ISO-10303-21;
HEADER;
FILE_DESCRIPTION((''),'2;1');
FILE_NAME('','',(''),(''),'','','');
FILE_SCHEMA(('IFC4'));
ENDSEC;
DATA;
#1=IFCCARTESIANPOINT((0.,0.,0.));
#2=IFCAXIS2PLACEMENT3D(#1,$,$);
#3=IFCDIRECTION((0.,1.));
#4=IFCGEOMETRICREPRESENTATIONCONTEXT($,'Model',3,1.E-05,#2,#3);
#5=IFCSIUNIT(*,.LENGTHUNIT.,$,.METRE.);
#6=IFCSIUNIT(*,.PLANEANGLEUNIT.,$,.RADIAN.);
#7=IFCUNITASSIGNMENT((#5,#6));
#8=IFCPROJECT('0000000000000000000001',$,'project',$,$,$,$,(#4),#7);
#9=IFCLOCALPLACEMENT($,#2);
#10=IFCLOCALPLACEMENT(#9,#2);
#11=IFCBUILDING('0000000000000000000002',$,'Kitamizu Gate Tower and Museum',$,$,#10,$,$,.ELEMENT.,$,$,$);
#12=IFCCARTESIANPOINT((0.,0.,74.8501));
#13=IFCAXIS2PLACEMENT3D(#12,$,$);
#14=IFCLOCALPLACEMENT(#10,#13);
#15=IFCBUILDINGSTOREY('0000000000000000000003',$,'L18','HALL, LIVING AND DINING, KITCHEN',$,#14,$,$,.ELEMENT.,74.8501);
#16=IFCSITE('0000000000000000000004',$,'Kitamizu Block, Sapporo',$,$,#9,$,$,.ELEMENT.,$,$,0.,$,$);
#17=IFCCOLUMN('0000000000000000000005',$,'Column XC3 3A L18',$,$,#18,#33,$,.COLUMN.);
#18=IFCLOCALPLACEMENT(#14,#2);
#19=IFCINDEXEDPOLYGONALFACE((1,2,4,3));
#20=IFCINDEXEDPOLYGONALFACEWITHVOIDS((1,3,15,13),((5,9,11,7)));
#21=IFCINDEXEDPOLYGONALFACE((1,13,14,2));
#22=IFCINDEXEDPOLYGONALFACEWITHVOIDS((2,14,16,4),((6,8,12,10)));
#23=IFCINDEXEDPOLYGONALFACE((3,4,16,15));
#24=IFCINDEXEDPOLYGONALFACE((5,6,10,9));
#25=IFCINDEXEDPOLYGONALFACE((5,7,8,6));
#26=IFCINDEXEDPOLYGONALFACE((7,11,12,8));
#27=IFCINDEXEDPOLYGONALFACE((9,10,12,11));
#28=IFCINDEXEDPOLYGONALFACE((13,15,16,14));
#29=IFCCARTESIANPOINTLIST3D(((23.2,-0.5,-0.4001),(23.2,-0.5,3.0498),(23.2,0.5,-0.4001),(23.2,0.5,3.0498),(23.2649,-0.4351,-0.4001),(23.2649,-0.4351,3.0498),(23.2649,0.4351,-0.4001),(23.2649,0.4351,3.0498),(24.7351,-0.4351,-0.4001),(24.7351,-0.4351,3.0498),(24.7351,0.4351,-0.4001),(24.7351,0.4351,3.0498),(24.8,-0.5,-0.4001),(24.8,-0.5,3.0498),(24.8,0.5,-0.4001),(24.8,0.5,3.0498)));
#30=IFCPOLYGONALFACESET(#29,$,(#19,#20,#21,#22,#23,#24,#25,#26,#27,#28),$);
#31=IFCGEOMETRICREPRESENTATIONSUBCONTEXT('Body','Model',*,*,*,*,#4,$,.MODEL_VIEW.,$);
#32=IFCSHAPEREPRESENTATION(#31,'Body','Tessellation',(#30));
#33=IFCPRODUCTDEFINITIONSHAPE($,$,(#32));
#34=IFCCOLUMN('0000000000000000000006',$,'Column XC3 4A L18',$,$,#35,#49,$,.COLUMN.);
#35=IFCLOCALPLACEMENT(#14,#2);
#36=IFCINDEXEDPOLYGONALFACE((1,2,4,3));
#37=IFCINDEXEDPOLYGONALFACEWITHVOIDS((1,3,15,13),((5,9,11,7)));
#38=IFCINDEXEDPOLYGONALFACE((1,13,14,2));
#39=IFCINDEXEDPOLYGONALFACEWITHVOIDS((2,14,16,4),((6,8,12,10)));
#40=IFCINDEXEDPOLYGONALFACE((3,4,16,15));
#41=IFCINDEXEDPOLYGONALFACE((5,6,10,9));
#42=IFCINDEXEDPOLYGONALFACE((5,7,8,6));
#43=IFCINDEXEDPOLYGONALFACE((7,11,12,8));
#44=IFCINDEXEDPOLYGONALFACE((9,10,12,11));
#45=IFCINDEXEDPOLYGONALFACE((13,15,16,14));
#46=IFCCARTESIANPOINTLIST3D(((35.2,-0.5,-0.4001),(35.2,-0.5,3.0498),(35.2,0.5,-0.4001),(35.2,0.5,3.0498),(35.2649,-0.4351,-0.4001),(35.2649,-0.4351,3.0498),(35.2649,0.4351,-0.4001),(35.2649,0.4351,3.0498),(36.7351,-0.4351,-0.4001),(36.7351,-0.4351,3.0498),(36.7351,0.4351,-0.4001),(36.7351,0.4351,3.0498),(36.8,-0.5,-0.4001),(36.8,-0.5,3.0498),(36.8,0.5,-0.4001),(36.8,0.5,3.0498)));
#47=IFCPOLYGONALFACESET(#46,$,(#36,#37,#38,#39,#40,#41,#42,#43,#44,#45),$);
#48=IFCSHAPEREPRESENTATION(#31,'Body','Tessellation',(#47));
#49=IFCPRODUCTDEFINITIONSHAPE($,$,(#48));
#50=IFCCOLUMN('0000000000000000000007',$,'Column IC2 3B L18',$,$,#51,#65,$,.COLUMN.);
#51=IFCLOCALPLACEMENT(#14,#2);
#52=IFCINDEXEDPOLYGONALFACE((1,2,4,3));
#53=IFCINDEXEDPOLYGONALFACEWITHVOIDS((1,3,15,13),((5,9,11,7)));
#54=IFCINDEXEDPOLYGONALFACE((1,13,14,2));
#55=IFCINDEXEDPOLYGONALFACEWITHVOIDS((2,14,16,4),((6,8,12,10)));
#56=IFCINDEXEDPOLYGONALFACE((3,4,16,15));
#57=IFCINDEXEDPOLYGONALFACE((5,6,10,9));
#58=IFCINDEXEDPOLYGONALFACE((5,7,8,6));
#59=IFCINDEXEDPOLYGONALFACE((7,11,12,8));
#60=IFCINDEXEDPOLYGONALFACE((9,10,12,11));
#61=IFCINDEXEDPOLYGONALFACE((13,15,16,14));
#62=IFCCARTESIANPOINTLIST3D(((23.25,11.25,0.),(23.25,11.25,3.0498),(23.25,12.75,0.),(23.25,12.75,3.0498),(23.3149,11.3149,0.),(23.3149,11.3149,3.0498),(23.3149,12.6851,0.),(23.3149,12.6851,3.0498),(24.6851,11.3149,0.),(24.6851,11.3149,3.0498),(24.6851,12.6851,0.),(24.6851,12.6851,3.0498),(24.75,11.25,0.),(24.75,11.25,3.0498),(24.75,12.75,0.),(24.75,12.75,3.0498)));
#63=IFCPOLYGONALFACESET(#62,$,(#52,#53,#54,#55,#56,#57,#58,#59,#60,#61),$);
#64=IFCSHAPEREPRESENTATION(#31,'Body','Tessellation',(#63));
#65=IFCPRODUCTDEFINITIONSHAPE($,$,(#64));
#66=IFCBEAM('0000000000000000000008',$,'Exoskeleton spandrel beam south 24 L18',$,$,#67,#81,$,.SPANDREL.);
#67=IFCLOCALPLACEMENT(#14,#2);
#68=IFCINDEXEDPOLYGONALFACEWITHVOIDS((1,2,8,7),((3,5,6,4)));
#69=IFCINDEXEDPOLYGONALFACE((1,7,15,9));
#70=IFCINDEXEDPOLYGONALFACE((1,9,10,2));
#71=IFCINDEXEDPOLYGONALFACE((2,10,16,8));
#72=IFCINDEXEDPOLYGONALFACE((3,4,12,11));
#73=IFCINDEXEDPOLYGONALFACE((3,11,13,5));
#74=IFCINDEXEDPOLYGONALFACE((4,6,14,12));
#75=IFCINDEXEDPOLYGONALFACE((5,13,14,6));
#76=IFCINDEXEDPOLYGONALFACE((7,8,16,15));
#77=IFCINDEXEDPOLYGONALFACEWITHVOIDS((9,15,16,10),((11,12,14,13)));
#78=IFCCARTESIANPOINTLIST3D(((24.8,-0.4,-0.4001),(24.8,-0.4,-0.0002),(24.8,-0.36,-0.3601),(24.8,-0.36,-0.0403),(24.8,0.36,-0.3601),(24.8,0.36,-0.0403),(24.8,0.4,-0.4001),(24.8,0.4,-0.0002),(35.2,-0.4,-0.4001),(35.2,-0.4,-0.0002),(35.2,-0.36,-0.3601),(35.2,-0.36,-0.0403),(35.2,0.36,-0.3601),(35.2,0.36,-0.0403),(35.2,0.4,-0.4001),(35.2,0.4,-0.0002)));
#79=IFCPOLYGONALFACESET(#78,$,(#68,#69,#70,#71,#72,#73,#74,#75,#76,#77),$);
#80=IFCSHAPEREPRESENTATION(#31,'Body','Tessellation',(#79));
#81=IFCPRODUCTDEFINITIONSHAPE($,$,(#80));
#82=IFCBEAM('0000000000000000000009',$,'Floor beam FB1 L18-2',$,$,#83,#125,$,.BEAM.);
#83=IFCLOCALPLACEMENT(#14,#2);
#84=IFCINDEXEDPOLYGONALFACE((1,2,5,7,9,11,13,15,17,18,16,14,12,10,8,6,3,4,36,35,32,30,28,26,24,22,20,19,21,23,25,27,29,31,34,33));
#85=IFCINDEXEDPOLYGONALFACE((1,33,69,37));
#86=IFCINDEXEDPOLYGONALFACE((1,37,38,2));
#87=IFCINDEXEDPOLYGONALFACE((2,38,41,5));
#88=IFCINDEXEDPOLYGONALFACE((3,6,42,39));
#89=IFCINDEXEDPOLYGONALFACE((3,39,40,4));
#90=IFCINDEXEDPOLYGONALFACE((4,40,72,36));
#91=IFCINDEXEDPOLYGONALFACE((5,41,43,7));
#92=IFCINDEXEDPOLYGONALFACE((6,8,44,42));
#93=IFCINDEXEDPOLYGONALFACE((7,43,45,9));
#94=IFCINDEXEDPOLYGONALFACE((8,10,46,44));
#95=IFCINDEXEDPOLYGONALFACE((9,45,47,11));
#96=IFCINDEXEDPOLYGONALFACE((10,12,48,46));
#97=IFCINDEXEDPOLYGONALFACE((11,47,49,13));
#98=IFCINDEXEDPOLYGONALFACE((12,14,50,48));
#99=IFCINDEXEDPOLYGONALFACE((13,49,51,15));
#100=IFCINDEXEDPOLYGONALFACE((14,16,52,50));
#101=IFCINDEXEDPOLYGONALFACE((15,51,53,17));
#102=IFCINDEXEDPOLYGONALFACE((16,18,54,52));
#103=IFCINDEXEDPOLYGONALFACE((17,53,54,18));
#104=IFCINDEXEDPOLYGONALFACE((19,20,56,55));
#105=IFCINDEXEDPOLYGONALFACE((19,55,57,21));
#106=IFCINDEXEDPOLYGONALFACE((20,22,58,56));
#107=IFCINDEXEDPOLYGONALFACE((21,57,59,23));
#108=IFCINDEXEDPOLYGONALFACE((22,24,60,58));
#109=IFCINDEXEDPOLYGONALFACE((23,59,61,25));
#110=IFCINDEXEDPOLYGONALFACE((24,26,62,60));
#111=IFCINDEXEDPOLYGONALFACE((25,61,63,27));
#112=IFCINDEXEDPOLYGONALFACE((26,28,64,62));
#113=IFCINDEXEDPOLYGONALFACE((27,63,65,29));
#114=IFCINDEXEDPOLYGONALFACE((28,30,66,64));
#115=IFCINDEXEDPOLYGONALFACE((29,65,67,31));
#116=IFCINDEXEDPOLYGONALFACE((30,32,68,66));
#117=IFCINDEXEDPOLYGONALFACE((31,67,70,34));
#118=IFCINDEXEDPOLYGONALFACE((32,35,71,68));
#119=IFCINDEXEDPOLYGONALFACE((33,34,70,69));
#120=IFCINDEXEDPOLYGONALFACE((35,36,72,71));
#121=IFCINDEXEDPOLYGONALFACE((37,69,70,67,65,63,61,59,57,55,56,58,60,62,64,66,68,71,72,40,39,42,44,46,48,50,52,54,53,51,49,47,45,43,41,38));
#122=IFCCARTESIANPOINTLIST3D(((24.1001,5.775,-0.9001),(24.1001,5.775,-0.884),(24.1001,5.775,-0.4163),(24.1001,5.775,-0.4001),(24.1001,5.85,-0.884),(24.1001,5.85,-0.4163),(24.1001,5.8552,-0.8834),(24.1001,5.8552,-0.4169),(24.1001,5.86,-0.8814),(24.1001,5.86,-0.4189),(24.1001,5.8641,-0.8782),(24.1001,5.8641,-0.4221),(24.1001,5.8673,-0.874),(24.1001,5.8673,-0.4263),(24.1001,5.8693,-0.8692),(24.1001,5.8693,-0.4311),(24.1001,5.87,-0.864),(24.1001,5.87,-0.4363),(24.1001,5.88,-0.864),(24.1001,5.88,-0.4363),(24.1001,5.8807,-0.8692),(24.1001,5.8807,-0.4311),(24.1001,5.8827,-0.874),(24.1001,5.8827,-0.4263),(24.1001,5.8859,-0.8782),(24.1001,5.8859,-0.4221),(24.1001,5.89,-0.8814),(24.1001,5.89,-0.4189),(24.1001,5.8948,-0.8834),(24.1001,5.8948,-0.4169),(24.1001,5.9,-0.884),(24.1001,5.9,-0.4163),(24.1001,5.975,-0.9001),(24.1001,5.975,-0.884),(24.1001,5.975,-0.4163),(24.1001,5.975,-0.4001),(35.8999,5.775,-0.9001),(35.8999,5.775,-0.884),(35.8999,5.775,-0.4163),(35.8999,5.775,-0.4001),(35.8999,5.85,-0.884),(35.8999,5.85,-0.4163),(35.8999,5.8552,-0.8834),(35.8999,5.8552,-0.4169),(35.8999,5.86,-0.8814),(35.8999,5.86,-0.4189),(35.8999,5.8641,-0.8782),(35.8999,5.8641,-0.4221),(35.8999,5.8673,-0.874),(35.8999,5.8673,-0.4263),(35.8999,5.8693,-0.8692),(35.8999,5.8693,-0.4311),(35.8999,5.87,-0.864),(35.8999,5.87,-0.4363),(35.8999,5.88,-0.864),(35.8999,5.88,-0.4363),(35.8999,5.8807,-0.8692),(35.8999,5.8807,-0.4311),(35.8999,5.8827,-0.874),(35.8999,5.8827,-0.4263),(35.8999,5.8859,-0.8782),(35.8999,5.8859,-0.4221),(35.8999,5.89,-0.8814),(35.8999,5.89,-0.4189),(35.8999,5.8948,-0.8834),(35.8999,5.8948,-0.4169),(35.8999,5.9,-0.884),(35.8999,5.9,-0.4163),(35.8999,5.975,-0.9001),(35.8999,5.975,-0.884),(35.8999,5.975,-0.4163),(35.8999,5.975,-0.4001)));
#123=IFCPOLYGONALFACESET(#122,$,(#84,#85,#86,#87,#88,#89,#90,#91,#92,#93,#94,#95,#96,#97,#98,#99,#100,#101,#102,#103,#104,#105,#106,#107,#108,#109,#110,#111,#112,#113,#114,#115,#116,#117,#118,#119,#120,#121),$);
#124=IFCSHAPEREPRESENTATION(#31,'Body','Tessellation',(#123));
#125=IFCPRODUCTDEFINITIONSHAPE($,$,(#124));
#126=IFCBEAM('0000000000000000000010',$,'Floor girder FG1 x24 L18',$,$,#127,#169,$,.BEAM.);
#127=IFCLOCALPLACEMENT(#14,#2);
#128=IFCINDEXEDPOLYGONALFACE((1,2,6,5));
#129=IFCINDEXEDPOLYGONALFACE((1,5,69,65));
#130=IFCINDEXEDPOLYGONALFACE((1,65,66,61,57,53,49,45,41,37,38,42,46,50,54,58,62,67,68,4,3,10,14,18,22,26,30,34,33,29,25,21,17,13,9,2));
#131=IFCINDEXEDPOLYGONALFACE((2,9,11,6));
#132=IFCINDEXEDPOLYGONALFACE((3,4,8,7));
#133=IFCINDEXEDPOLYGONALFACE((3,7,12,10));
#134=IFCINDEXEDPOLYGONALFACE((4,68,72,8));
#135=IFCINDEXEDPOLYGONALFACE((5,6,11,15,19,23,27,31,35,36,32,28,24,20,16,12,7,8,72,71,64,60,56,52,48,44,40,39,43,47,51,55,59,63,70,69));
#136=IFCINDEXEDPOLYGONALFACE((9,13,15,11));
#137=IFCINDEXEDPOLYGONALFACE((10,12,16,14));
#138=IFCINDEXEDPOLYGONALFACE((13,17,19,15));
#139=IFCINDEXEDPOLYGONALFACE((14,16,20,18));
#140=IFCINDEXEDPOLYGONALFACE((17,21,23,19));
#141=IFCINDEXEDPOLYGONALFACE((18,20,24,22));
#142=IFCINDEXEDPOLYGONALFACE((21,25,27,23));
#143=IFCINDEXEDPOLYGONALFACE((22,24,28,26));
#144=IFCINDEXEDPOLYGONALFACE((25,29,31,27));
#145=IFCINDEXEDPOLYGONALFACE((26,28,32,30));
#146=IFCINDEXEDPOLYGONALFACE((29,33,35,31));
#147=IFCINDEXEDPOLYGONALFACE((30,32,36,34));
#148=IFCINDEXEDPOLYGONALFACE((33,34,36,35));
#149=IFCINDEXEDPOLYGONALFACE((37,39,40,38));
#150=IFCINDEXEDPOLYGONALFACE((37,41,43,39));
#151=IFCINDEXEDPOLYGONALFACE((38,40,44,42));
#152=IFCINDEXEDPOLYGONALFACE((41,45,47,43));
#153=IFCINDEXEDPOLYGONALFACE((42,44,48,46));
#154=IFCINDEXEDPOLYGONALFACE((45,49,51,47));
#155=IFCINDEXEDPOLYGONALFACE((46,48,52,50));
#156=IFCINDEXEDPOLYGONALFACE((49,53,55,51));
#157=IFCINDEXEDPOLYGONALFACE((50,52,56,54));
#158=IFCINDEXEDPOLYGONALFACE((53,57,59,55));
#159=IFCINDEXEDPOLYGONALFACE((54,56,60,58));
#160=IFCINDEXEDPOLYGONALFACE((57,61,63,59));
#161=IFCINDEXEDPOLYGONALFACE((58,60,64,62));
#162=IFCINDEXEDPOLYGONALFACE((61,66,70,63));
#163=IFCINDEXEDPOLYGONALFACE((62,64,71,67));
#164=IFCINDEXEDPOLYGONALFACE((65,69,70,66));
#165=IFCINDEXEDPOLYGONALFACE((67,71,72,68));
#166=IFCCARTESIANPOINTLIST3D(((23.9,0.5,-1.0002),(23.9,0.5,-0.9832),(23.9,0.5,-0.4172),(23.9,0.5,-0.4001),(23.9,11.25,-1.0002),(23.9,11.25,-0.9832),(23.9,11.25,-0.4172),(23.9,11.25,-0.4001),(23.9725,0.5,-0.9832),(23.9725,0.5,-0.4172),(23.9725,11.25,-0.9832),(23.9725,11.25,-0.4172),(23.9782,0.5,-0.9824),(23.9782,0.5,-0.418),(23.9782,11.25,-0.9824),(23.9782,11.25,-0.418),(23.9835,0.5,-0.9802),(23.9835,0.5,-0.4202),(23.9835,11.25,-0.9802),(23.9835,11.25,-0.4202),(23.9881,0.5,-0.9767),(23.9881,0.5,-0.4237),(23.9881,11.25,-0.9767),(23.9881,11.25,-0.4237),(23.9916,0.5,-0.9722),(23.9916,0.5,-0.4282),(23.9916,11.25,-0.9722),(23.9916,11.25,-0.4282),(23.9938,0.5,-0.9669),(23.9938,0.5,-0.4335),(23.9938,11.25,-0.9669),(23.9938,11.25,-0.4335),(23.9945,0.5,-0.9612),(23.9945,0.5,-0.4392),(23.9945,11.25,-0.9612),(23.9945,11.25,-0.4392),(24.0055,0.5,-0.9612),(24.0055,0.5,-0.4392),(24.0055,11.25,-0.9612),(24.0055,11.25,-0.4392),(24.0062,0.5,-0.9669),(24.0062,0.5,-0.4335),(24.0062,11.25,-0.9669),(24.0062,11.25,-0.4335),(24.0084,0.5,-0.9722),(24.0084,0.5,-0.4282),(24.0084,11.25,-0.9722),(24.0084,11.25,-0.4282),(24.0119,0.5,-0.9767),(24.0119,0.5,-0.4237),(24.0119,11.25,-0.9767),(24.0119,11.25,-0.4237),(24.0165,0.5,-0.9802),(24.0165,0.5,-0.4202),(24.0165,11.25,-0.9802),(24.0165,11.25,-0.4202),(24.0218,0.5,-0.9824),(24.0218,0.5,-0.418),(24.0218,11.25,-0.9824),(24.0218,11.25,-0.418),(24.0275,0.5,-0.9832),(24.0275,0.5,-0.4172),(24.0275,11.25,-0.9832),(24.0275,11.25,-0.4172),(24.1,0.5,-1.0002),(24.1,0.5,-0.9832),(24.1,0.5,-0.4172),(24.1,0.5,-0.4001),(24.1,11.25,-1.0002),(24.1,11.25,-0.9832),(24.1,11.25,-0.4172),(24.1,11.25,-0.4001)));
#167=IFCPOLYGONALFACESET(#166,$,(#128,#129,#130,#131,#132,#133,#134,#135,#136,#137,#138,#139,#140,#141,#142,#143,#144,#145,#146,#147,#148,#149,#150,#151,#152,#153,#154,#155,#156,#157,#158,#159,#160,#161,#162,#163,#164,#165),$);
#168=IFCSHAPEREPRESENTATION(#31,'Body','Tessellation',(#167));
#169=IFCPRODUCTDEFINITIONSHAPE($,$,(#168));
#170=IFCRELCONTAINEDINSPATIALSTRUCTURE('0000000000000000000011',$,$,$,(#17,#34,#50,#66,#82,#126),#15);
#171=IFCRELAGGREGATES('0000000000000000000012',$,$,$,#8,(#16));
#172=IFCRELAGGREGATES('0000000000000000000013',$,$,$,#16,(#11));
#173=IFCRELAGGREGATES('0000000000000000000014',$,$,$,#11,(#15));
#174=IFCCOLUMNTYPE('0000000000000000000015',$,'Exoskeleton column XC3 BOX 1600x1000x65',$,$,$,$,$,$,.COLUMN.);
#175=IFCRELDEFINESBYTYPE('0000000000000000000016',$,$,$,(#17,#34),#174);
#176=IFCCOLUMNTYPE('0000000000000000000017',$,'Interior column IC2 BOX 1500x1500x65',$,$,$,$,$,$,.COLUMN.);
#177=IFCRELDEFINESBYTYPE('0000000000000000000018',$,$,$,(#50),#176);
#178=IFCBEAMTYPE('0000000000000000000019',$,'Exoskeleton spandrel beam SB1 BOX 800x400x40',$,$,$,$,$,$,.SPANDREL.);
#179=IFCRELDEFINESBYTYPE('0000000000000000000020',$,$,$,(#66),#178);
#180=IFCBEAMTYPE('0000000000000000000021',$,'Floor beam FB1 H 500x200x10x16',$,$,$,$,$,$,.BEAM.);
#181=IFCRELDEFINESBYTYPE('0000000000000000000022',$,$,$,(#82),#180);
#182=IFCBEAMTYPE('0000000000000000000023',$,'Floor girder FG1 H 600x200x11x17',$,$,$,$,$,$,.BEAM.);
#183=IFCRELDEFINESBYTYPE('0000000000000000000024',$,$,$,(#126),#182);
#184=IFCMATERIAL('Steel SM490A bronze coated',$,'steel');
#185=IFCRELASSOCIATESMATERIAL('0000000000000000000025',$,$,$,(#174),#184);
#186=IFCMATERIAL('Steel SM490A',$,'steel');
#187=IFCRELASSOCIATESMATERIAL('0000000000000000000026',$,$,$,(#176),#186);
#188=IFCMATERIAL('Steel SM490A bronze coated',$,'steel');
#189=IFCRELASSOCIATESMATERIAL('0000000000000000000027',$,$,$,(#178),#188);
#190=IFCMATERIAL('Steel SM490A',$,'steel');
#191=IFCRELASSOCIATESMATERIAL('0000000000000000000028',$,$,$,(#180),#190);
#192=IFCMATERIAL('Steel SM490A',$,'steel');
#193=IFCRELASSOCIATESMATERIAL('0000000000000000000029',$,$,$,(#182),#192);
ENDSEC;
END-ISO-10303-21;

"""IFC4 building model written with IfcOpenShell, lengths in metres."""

from ifc_helpers import new_model, si_unit, direction, frame, origin, origin_2d, place, context, subcontext, project, spatial, hollow_rectangle, i_section, extrude, material, material_profile, profile_set, type_object, element, save


model = new_model("IFC4")

# Units and contexts
model_context = context("Model", 3, precision=1e-05, world=origin(), true_north=direction((0.0, 1.0)))
body_context = subcontext(model_context, "Body", "Model", "MODEL_VIEW")
ifc_project = project(units=[si_unit("LENGTHUNIT", "METRE"), si_unit("PLANEANGLEUNIT", "RADIAN")], contexts=[model_context])

# Site, building, storey
site_placement = place(None, origin())
site = spatial("IfcSite", under=ifc_project, at=site_placement, Name="Kitamizu Block, Sapporo", CompositionType="ELEMENT", RefElevation=0.0)
building_placement = place(site_placement, origin())
building = spatial("IfcBuilding", under=site, at=building_placement, Name="Kitamizu Gate Tower and Museum", CompositionType="ELEMENT")
storey_placement = place(building_placement, frame((0.0, 0.0, 74.8501)))
storey = spatial("IfcBuildingStorey", under=building, at=storey_placement, Name="L18", Description="HALL, LIVING AND DINING, KITCHEN", CompositionType="ELEMENT", Elevation=74.8501)

# Columns
ifc_material_1 = material(Name="Steel SM490A bronze coated", Category="steel")
ifc_material_profile_1 = material_profile(ifc_material_1, hollow_rectangle(XDim=1.6001, YDim=1.0, WallThickness=0.0649, at=origin_2d()), Name="BOX 1600x1000x65")
ifc_profile_set_1 = profile_set([ifc_material_profile_1], Name="Steel SM490A bronze coated")
column_type_1 = type_object("IfcColumnType", Name="Exoskeleton column XC3 BOX 1600x1000x65", PredefinedType="COLUMN", material=ifc_profile_set_1)
for number, where, z_axis, x_axis, name in (
    (1, (24.0, 0.0, -0.4001), (0.0, 0.0, 1.0), (1.0, 0.0, 0.0), "Column XC3 3A L18"),
    (2, (36.0, 0.0, -0.4001), (0.0, 0.0, 1.0), (1.0, 0.0, 0.0), "Column XC3 4A L18"),
):
    element("IfcColumn", number, at=place(storey_placement, frame(where, z_axis=z_axis, x_axis=x_axis)), inside=storey, type_object=column_type_1, Name=name, PredefinedType="COLUMN", context=body_context, shape_type="SweptSolid", body=[
        extrude(hollow_rectangle(XDim=1.6001, YDim=1.0, WallThickness=0.0649, at=origin_2d()), origin(), (0.0, 0.0, 1.0), 3.45),
    ])
ifc_material_2 = material(Name="Steel SM490A", Category="steel")
ifc_material_profile_2 = material_profile(ifc_material_2, hollow_rectangle(XDim=1.5, YDim=1.5, WallThickness=0.0649, at=origin_2d()), Name="BOX 1500x1500x65")
ifc_profile_set_2 = profile_set([ifc_material_profile_2], Name="Steel SM490A")
column_type_2 = type_object("IfcColumnType", Name="Interior column IC2 BOX 1500x1500x65", PredefinedType="COLUMN", material=ifc_profile_set_2)
column_placement = place(storey_placement, frame((24.0, 12.0, 0.0), z_axis=(0.0, 0.0, 1.0), x_axis=(1.0, 0.0, 0.0)))
element("IfcColumn", 3, at=column_placement, inside=storey, type_object=column_type_2, Name="Column IC2 3B L18", PredefinedType="COLUMN", context=body_context, shape_type="SweptSolid", body=[
    extrude(hollow_rectangle(XDim=1.5, YDim=1.5, WallThickness=0.0649, at=origin_2d()), origin(), (0.0, 0.0, 1.0), 3.0498),
])

# Beams
ifc_material_3 = material(Name="Steel SM490A bronze coated", Category="steel")
ifc_material_profile_3 = material_profile(ifc_material_3, hollow_rectangle(XDim=0.8, YDim=0.3999, WallThickness=0.04, at=origin_2d()), Name="BOX 800x400x40")
ifc_profile_set_3 = profile_set([ifc_material_profile_3], Name="Steel SM490A bronze coated")
beam_type_1 = type_object("IfcBeamType", Name="Exoskeleton spandrel beam SB1 BOX 800x400x40", PredefinedType="SPANDREL", material=ifc_profile_set_3)
beam_1_placement = place(storey_placement, frame((24.8, 0.0, -0.2002), z_axis=(1.0, 0.0, 0.0), x_axis=(0.0, 1.0, 0.0)))
element("IfcBeam", 4, at=beam_1_placement, inside=storey, type_object=beam_type_1, Name="Exoskeleton spandrel beam south 24 L18", PredefinedType="SPANDREL", context=body_context, shape_type="SweptSolid", body=[
    extrude(hollow_rectangle(XDim=0.8, YDim=0.3999, WallThickness=0.04, at=origin_2d()), origin(), (0.0, 0.0, 1.0), 10.3999),
])
ifc_material_4 = material(Name="Steel SM490A", Category="steel")
ifc_material_profile_4 = material_profile(ifc_material_4, i_section(OverallWidth=0.2, OverallDepth=0.5, WebThickness=0.01, FlangeThickness=0.0161, FilletRadius=0.02, at=origin_2d()), Name="H-500x200x10x16")
ifc_profile_set_4 = profile_set([ifc_material_profile_4], Name="Steel SM490A")
beam_type_2 = type_object("IfcBeamType", Name="Floor beam FB1 H 500x200x10x16", PredefinedType="BEAM", material=ifc_profile_set_4)
beam_2_placement = place(storey_placement, frame((24.1001, 5.875, -0.6501), z_axis=(1.0, 0.0, 0.0), x_axis=(0.0, 1.0, 0.0)))
element("IfcBeam", 5, at=beam_2_placement, inside=storey, type_object=beam_type_2, Name="Floor beam FB1 L18-2", PredefinedType="BEAM", context=body_context, shape_type="SweptSolid", body=[
    extrude(i_section(OverallWidth=0.2, OverallDepth=0.5, WebThickness=0.01, FlangeThickness=0.0161, FilletRadius=0.02, at=origin_2d()), origin(), (0.0, 0.0, 1.0), 11.7998),
])
ifc_material_5 = material(Name="Steel SM490A", Category="steel")
ifc_material_profile_5 = material_profile(ifc_material_5, i_section(OverallWidth=0.2, OverallDepth=0.6001, WebThickness=0.011, FlangeThickness=0.0171, FilletRadius=0.022, at=origin_2d()), Name="H-600x200x11x17")
ifc_profile_set_5 = profile_set([ifc_material_profile_5], Name="Steel SM490A")
beam_type_3 = type_object("IfcBeamType", Name="Floor girder FG1 H 600x200x11x17", PredefinedType="BEAM", material=ifc_profile_set_5)
for number, where, z_axis, x_axis, name in (
    (6, (24.0, 0.5, -0.7002), (0.0, 1.0, 0.0), (-1.0, 0.0, 0.0), "Floor girder FG1 x24 L18"),
):
    element("IfcBeam", number, at=place(storey_placement, frame(where, z_axis=z_axis, x_axis=x_axis)), inside=storey, type_object=beam_type_3, Name=name, PredefinedType="BEAM", context=body_context, shape_type="SweptSolid", body=[
        extrude(i_section(OverallWidth=0.2, OverallDepth=0.6001, WebThickness=0.011, FlangeThickness=0.0171, FilletRadius=0.022, at=origin_2d()), origin(), (0.0, 0.0, 1.0), 10.75),
    ])

save(model, "model.ifc")
